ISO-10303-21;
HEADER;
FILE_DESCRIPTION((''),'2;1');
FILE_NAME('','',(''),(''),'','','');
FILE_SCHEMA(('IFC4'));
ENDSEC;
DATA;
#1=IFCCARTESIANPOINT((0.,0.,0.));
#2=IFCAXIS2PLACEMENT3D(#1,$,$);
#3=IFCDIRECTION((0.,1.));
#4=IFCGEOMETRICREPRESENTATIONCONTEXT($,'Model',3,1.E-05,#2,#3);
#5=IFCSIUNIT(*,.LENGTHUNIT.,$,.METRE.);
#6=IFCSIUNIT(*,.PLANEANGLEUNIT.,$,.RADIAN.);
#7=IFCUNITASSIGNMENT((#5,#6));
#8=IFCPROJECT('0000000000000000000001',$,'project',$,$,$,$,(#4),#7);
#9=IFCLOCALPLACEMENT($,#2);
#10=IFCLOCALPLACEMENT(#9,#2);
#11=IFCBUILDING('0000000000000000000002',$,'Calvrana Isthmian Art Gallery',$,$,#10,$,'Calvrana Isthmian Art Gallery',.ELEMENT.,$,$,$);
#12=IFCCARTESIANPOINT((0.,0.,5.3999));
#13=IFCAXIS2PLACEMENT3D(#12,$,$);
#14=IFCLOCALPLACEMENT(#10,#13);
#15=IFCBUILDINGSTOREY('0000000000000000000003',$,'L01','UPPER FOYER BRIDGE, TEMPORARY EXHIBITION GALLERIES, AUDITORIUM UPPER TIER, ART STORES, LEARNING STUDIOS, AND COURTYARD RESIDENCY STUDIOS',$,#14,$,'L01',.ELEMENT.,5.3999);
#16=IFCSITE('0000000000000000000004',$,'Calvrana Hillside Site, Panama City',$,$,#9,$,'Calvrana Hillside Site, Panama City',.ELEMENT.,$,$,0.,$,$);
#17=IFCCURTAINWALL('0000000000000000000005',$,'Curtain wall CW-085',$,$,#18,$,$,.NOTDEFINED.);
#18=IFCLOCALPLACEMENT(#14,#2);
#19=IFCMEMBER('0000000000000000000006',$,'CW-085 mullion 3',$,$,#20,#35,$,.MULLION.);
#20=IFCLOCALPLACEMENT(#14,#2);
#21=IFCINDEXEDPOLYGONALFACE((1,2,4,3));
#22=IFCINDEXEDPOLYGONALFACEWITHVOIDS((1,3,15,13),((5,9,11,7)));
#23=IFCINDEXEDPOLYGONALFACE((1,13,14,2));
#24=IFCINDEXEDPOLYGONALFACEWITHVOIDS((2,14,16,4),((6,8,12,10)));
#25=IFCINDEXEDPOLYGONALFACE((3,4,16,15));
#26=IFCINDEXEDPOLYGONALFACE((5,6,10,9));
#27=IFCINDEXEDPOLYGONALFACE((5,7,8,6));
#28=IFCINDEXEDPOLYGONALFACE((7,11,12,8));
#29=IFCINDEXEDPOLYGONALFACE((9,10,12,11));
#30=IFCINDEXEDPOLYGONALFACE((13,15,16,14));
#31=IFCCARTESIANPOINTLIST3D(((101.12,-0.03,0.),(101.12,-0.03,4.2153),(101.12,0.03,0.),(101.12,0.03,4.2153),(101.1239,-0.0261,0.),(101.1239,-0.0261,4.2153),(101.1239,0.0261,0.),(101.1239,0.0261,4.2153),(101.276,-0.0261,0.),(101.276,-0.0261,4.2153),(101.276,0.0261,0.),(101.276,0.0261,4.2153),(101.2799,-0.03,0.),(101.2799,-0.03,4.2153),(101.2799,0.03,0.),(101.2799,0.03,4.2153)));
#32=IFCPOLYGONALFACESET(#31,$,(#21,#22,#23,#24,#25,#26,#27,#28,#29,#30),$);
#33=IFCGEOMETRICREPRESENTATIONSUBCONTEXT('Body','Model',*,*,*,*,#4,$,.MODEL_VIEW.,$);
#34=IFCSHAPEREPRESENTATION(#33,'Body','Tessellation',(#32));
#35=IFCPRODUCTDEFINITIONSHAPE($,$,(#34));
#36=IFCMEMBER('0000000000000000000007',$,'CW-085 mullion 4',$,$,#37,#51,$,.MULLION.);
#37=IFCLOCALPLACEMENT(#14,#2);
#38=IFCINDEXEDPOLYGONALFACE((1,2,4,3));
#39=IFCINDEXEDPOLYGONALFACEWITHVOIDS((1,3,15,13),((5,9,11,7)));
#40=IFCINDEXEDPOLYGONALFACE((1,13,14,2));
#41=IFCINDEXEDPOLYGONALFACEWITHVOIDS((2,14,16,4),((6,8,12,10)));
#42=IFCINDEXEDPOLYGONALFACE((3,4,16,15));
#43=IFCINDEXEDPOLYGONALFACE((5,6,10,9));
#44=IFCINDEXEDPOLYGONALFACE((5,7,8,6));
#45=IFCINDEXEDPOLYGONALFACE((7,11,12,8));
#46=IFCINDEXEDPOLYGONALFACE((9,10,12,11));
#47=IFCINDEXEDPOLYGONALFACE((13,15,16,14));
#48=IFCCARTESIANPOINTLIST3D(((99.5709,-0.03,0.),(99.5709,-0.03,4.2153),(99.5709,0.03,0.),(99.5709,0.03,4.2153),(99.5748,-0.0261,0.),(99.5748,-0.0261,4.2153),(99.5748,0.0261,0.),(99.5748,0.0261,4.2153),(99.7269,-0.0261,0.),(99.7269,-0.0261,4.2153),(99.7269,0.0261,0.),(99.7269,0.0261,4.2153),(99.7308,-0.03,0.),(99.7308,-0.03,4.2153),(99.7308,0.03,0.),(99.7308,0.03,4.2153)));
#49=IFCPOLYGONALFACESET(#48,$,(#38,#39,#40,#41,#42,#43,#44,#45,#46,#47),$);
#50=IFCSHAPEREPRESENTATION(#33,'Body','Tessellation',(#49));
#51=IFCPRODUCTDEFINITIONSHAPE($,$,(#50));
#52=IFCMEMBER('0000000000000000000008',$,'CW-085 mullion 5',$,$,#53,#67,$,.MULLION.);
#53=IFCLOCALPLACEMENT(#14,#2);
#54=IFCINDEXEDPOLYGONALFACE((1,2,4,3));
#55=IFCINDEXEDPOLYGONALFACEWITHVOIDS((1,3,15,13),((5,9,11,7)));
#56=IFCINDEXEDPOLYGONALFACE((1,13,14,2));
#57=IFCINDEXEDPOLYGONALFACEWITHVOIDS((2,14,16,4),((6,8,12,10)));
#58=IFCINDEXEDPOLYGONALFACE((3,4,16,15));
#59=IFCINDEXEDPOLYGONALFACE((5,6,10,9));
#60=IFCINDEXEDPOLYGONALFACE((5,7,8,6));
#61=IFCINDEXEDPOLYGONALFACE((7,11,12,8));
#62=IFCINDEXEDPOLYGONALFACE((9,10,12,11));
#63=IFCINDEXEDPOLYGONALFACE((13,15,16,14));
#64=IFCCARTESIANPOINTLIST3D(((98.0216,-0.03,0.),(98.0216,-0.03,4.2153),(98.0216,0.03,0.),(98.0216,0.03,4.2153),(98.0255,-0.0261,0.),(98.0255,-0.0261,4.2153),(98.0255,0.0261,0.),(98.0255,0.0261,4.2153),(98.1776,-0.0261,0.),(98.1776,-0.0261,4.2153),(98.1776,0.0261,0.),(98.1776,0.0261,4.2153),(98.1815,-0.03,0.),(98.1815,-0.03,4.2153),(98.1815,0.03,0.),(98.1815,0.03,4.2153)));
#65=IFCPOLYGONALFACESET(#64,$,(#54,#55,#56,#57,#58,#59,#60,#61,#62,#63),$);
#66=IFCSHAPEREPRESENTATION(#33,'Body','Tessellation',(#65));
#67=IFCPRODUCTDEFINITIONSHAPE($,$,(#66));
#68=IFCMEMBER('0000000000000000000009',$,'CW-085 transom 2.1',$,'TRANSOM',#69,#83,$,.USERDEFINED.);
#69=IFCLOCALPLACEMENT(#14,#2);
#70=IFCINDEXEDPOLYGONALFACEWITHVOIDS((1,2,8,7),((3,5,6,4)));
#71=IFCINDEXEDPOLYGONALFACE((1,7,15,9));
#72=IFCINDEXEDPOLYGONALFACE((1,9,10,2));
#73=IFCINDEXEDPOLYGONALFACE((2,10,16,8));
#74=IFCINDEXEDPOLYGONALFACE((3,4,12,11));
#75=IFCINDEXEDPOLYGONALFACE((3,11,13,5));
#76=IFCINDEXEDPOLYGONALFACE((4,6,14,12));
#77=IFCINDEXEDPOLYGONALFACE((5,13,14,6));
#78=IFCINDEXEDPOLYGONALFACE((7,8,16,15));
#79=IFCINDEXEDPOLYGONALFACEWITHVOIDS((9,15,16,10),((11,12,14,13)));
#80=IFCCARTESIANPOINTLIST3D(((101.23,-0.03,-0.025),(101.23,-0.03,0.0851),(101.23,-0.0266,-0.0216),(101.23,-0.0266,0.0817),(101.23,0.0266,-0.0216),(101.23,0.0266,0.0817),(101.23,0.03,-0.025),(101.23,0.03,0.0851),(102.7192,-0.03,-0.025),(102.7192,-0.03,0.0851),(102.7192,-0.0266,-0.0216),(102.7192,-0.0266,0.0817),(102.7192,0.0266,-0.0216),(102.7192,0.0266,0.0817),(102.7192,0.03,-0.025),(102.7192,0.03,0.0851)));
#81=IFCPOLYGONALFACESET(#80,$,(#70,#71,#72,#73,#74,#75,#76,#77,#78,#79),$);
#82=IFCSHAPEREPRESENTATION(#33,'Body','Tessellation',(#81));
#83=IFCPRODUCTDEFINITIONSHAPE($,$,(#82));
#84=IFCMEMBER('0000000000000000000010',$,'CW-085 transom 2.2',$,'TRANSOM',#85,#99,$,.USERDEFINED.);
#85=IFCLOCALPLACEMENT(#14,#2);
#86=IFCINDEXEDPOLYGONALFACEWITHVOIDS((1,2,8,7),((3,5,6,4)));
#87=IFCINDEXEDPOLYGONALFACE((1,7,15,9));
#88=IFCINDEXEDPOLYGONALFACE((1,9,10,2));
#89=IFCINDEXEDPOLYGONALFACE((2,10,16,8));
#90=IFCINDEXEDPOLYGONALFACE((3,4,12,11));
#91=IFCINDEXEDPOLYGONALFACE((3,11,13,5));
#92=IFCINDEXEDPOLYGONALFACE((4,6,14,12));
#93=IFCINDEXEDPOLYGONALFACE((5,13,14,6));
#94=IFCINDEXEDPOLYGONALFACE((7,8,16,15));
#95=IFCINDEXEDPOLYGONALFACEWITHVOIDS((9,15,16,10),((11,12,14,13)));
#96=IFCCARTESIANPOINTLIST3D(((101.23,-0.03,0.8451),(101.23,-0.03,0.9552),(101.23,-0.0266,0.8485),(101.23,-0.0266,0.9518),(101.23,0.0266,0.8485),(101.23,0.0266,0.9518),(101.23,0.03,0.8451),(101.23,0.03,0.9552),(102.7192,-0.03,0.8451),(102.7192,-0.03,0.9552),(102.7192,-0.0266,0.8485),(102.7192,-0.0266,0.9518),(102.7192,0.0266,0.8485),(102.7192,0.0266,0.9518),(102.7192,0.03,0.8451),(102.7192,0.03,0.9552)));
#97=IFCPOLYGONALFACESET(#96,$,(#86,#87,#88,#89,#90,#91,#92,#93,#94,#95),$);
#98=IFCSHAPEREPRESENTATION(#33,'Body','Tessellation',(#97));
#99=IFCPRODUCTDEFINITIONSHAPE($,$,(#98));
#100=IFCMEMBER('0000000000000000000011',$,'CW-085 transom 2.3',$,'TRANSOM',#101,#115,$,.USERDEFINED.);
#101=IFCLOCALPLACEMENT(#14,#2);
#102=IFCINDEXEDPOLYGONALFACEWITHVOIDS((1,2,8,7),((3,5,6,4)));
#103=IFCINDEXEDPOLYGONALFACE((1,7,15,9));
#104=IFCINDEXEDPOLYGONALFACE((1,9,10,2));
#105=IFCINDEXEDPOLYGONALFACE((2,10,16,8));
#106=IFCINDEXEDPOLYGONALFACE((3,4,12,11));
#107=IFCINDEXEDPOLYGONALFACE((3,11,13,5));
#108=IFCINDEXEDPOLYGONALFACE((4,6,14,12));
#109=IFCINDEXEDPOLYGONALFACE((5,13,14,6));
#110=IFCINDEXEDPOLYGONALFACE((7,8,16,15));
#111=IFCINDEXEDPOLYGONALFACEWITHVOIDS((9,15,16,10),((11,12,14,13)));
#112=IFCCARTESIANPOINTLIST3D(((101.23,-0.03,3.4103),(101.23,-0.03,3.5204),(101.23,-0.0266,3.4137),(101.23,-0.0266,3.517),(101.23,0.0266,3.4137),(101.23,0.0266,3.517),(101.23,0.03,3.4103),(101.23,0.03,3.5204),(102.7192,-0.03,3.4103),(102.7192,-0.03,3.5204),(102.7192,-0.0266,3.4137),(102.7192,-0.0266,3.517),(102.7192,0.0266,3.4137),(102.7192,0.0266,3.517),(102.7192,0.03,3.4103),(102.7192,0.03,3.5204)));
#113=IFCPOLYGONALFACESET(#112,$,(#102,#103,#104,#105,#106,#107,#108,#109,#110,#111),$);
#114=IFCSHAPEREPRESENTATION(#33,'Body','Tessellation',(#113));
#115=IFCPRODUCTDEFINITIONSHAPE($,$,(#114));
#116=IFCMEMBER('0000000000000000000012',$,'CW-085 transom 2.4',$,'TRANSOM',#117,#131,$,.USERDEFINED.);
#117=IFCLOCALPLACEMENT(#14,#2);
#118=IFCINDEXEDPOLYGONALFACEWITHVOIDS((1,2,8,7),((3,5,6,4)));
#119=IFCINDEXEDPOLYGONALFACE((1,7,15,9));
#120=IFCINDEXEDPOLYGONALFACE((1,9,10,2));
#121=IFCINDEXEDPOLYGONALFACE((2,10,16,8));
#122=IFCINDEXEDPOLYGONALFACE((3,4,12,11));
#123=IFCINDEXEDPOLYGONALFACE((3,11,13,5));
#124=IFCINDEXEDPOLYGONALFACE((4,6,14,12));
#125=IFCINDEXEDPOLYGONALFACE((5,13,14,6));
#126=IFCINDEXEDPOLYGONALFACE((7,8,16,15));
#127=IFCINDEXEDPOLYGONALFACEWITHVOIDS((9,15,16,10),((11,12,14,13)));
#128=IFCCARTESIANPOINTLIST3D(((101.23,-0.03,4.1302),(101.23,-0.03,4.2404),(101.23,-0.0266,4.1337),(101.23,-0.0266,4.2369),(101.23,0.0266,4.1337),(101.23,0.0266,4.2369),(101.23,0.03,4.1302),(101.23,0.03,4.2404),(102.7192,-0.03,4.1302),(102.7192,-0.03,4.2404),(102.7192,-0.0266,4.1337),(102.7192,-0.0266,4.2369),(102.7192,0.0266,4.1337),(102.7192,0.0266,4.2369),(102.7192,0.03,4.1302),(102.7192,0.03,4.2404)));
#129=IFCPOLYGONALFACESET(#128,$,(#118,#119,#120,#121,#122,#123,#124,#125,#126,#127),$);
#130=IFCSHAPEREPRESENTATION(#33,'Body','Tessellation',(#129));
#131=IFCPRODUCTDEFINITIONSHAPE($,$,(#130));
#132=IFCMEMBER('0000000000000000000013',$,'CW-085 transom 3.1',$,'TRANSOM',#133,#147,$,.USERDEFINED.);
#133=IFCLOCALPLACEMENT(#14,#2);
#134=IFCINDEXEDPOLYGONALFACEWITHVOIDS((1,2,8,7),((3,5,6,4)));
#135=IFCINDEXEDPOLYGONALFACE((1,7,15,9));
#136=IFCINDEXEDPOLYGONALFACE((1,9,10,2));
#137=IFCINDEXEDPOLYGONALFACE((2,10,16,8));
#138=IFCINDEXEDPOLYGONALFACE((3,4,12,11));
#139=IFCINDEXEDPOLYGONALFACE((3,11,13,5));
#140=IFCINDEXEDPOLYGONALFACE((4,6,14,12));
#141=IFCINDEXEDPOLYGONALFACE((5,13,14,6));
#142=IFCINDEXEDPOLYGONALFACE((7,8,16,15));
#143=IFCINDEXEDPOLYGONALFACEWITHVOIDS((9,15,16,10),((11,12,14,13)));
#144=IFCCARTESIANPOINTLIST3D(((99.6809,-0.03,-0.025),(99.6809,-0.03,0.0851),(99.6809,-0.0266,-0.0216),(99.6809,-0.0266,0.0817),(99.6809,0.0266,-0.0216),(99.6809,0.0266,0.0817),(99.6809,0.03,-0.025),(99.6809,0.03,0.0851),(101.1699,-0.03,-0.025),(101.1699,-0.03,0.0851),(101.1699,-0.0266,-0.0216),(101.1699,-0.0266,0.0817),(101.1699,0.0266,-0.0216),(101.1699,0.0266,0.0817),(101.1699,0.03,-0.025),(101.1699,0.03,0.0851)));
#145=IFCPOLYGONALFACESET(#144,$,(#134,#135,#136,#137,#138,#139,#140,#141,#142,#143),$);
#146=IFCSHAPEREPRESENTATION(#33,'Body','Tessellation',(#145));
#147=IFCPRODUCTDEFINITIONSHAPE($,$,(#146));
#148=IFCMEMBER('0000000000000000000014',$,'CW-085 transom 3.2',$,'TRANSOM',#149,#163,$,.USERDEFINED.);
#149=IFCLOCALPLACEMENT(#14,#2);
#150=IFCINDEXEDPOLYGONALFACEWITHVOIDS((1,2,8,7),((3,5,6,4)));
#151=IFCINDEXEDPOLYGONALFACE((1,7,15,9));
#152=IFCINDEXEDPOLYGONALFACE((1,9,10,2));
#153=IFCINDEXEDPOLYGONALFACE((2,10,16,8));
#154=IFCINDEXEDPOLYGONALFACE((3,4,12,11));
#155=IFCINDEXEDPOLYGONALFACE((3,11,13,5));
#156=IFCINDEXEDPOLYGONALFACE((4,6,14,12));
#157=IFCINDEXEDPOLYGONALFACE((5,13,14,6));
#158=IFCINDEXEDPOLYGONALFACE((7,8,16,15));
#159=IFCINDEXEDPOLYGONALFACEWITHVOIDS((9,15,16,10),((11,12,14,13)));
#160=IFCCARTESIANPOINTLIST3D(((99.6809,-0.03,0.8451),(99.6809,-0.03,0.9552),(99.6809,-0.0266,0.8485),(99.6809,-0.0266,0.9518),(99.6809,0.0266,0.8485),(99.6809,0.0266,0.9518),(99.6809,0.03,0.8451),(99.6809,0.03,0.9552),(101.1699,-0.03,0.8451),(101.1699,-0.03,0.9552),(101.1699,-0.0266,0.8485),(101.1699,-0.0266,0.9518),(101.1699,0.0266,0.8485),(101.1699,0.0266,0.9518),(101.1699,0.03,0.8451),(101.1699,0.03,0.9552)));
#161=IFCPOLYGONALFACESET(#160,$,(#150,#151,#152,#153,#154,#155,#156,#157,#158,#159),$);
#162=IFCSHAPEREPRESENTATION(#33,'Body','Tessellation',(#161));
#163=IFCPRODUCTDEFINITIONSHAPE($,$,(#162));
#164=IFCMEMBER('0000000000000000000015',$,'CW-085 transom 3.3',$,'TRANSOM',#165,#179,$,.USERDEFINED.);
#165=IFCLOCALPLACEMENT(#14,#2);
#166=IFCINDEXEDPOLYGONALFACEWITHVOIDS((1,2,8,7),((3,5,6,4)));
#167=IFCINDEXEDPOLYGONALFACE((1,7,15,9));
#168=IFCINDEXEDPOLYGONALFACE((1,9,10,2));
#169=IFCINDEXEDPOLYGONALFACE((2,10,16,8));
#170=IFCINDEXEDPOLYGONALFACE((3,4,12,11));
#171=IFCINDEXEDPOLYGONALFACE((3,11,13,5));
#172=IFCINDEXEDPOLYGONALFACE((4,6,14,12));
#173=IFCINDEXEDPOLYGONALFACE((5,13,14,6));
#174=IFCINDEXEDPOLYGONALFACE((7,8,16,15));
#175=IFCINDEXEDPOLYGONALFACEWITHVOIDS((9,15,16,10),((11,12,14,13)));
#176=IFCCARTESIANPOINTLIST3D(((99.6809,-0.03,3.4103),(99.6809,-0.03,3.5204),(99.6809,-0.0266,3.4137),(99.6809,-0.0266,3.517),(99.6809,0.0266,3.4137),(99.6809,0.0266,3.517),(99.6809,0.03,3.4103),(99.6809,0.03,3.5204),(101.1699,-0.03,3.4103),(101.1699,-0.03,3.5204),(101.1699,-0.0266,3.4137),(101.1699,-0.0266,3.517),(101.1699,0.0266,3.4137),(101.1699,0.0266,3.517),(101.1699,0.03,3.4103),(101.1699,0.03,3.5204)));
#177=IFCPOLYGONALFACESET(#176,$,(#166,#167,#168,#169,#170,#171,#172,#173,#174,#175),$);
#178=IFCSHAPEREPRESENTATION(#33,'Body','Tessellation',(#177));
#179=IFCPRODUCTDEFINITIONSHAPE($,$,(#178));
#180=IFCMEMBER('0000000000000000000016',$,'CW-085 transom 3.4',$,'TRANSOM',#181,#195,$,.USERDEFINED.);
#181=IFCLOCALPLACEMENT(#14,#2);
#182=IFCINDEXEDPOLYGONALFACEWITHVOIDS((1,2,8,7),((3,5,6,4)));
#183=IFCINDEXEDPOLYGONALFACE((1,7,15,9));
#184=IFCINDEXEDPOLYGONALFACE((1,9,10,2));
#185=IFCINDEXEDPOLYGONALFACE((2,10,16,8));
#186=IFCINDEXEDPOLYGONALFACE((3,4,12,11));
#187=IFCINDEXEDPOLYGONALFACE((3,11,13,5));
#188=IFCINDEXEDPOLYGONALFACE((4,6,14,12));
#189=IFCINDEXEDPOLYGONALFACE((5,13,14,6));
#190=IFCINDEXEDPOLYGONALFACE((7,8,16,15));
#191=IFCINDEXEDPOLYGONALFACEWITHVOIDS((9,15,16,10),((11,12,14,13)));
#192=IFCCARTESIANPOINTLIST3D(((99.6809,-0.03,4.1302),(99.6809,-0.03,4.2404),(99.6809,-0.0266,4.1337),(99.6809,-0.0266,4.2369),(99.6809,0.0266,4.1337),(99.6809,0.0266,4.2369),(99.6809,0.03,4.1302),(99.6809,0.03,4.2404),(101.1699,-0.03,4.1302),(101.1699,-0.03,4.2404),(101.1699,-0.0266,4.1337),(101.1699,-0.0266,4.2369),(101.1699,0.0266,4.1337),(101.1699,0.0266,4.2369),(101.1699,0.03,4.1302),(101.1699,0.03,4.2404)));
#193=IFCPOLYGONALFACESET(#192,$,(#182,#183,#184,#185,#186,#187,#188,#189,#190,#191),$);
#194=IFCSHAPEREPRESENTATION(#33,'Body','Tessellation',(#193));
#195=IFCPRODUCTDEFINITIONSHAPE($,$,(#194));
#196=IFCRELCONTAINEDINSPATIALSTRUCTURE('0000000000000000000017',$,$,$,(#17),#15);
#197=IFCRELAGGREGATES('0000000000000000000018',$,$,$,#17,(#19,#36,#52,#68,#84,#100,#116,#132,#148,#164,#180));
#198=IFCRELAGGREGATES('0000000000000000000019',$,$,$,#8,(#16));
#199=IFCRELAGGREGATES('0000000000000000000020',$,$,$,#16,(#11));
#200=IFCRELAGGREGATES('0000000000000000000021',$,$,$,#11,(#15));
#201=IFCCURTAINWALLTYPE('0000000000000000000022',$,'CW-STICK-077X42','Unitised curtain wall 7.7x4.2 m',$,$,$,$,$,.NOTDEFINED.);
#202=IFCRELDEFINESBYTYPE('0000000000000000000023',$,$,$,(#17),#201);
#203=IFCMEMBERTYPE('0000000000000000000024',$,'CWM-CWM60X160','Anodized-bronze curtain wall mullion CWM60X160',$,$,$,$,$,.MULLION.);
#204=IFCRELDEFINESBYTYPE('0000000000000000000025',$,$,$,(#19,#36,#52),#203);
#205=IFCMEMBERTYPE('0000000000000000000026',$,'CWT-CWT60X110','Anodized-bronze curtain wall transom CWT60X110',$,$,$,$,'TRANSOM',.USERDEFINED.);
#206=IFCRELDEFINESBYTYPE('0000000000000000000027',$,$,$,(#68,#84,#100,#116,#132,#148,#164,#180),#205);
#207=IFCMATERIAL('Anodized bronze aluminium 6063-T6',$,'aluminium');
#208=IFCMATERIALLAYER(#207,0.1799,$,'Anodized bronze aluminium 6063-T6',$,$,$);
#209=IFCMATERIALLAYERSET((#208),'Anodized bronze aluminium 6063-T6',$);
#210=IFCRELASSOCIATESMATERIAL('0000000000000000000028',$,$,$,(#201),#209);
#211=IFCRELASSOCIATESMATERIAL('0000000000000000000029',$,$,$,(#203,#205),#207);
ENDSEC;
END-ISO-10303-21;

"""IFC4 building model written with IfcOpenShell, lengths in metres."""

from ifc_helpers import new_model, si_unit, direction, frame, origin, origin_2d, place, context, subcontext, project, spatial, hollow_rectangle, extrude, material, layer, layer_set, material_profile, profile_set, type_object, element, aggregate, save


model = new_model("IFC4")

# Units and contexts
model_context = context("Model", 3, precision=1e-05, world=origin(), true_north=direction((0.0, 1.0)))
body_context = subcontext(model_context, "Body", "Model", "MODEL_VIEW")
ifc_project = project(units=[si_unit("LENGTHUNIT", "METRE"), si_unit("PLANEANGLEUNIT", "RADIAN")], contexts=[model_context])

# Site, building, storey
site_placement = place(None, origin())
site = spatial("IfcSite", under=ifc_project, at=site_placement, Name="Calvrana Hillside Site, Panama City", LongName="Calvrana Hillside Site, Panama City", CompositionType="ELEMENT", RefElevation=0.0)
building_placement = place(site_placement, origin())
building = spatial("IfcBuilding", under=site, at=building_placement, Name="Calvrana Isthmian Art Gallery", LongName="Calvrana Isthmian Art Gallery", CompositionType="ELEMENT")
storey_placement = place(building_placement, frame((0.0, 0.0, 5.3999)))
storey = spatial("IfcBuildingStorey", under=building, at=storey_placement, Name="L01", Description="UPPER FOYER BRIDGE, TEMPORARY EXHIBITION GALLERIES, AUDITORIUM UPPER TIER, ART STORES, LEARNING STUDIOS, AND COURTYARD RESIDENCY STUDIOS", LongName="L01", CompositionType="ELEMENT", Elevation=5.3999)

# Curtain wall, members
ifc_material_1 = material(Name="Anodized bronze aluminium 6063-T6", Category="aluminium")
ifc_layer_1 = layer(ifc_material_1, 0.1799, Name="Anodized bronze aluminium 6063-T6")
ifc_layer_set_1 = layer_set([ifc_layer_1], Name="Anodized bronze aluminium 6063-T6")
curtain_wall_type = type_object("IfcCurtainWallType", Name="CW-STICK-077X42", Description="Unitised curtain wall 7.7x4.2 m", PredefinedType="NOTDEFINED", material=ifc_layer_set_1)
curtain_wall_placement = place(storey_placement, origin())
curtain_wall = element("IfcCurtainWall", 1, at=curtain_wall_placement, inside=storey, type_object=curtain_wall_type, Name="Curtain wall CW-085", PredefinedType="NOTDEFINED")
ifc_material_profile_1 = material_profile(ifc_material_1, hollow_rectangle(XDim=0.0601, YDim=0.1599, WallThickness=0.0039, at=origin_2d()), Name="CWM60X160")
ifc_profile_set_1 = profile_set([ifc_material_profile_1], Name="Anodized bronze aluminium 6063-T6")
member_type_1 = type_object("IfcMemberType", Name="CWM-CWM60X160", Description="Anodized-bronze curtain wall mullion CWM60X160", PredefinedType="MULLION", material=ifc_profile_set_1)
member_1_placement = place(storey_placement, frame((101.2, 0.0, 0.0), z_axis=(0.0, 0.0, 1.0), x_axis=(0.0, -1.0, 0.0)))
member_1 = element("IfcMember", 2, at=member_1_placement, type_object=member_type_1, Name="CW-085 mullion 3", PredefinedType="MULLION", context=body_context, shape_type="SweptSolid", body=[
    extrude(hollow_rectangle(XDim=0.0601, YDim=0.1599, WallThickness=0.0039, at=origin_2d()), origin(), (0.0, 0.0, 1.0), 4.2153),
])
member_2_placement = place(storey_placement, frame((99.6509, 0.0, 0.0), z_axis=(0.0, 0.0, 1.0), x_axis=(0.0, -1.0, 0.0)))
member_2 = element("IfcMember", 3, at=member_2_placement, type_object=member_type_1, Name="CW-085 mullion 4", PredefinedType="MULLION", context=body_context, shape_type="SweptSolid", body=[
    extrude(hollow_rectangle(XDim=0.0601, YDim=0.1599, WallThickness=0.0039, at=origin_2d()), origin(), (0.0, 0.0, 1.0), 4.2153),
])
member_3_placement = place(storey_placement, frame((98.1016, 0.0, 0.0), z_axis=(0.0, 0.0, 1.0), x_axis=(0.0, -1.0, 0.0)))
member_3 = element("IfcMember", 4, at=member_3_placement, type_object=member_type_1, Name="CW-085 mullion 5", PredefinedType="MULLION", context=body_context, shape_type="SweptSolid", body=[
    extrude(hollow_rectangle(XDim=0.0601, YDim=0.1599, WallThickness=0.0039, at=origin_2d()), origin(), (0.0, 0.0, 1.0), 4.2153),
])
ifc_material_profile_2 = material_profile(ifc_material_1, hollow_rectangle(XDim=0.0601, YDim=0.1101, WallThickness=0.0034, at=origin_2d()), Name="CWT60X110")
ifc_profile_set_2 = profile_set([ifc_material_profile_2], Name="Anodized bronze aluminium 6063-T6")
member_type_2 = type_object("IfcMemberType", Name="CWT-CWT60X110", Description="Anodized-bronze curtain wall transom CWT60X110", ElementType="TRANSOM", PredefinedType="USERDEFINED", material=ifc_profile_set_2)
member_4_placement = place(storey_placement, frame((102.7192, 0.0, 0.03), z_axis=(-1.0, 0.0, 0.0), x_axis=(0.0, -1.0, 0.0)))
member_4 = element("IfcMember", 5, at=member_4_placement, type_object=member_type_2, Name="CW-085 transom 2.1", ObjectType="TRANSOM", PredefinedType="USERDEFINED", context=body_context, shape_type="SweptSolid", body=[
    extrude(hollow_rectangle(XDim=0.0601, YDim=0.1101, WallThickness=0.0034, at=origin_2d()), origin(), (0.0, 0.0, 1.0), 1.4893),
])
member_5_placement = place(storey_placement, frame((102.7192, 0.0, 0.9001), z_axis=(-1.0, 0.0, 0.0), x_axis=(0.0, -1.0, 0.0)))
member_5 = element("IfcMember", 6, at=member_5_placement, type_object=member_type_2, Name="CW-085 transom 2.2", ObjectType="TRANSOM", PredefinedType="USERDEFINED", context=body_context, shape_type="SweptSolid", body=[
    extrude(hollow_rectangle(XDim=0.0601, YDim=0.1101, WallThickness=0.0034, at=origin_2d()), origin(), (0.0, 0.0, 1.0), 1.4893),
])
member_6_placement = place(storey_placement, frame((102.7192, 0.0, 3.4653), z_axis=(-1.0, 0.0, 0.0), x_axis=(0.0, -1.0, 0.0)))
member_6 = element("IfcMember", 7, at=member_6_placement, type_object=member_type_2, Name="CW-085 transom 2.3", ObjectType="TRANSOM", PredefinedType="USERDEFINED", context=body_context, shape_type="SweptSolid", body=[
    extrude(hollow_rectangle(XDim=0.0601, YDim=0.1101, WallThickness=0.0034, at=origin_2d()), origin(), (0.0, 0.0, 1.0), 1.4893),
])
member_7_placement = place(storey_placement, frame((102.7192, 0.0, 4.1853), z_axis=(-1.0, 0.0, 0.0), x_axis=(0.0, -1.0, 0.0)))
member_7 = element("IfcMember", 8, at=member_7_placement, type_object=member_type_2, Name="CW-085 transom 2.4", ObjectType="TRANSOM", PredefinedType="USERDEFINED", context=body_context, shape_type="SweptSolid", body=[
    extrude(hollow_rectangle(XDim=0.0601, YDim=0.1101, WallThickness=0.0034, at=origin_2d()), origin(), (0.0, 0.0, 1.0), 1.4893),
])
member_8_placement = place(storey_placement, frame((101.1699, 0.0, 0.03), z_axis=(-1.0, 0.0, 0.0), x_axis=(0.0, -1.0, 0.0)))
member_8 = element("IfcMember", 9, at=member_8_placement, type_object=member_type_2, Name="CW-085 transom 3.1", ObjectType="TRANSOM", PredefinedType="USERDEFINED", context=body_context, shape_type="SweptSolid", body=[
    extrude(hollow_rectangle(XDim=0.0601, YDim=0.1101, WallThickness=0.0034, at=origin_2d()), origin(), (0.0, 0.0, 1.0), 1.489),
])
member_9_placement = place(storey_placement, frame((101.1699, 0.0, 0.9001), z_axis=(-1.0, 0.0, 0.0), x_axis=(0.0, -1.0, 0.0)))
member_9 = element("IfcMember", 10, at=member_9_placement, type_object=member_type_2, Name="CW-085 transom 3.2", ObjectType="TRANSOM", PredefinedType="USERDEFINED", context=body_context, shape_type="SweptSolid", body=[
    extrude(hollow_rectangle(XDim=0.0601, YDim=0.1101, WallThickness=0.0034, at=origin_2d()), origin(), (0.0, 0.0, 1.0), 1.489),
])
member_10_placement = place(storey_placement, frame((101.1699, 0.0, 3.4653), z_axis=(-1.0, 0.0, 0.0), x_axis=(0.0, -1.0, 0.0)))
member_10 = element("IfcMember", 11, at=member_10_placement, type_object=member_type_2, Name="CW-085 transom 3.3", ObjectType="TRANSOM", PredefinedType="USERDEFINED", context=body_context, shape_type="SweptSolid", body=[
    extrude(hollow_rectangle(XDim=0.0601, YDim=0.1101, WallThickness=0.0034, at=origin_2d()), origin(), (0.0, 0.0, 1.0), 1.489),
])
member_11_placement = place(storey_placement, frame((101.1699, 0.0, 4.1853), z_axis=(-1.0, 0.0, 0.0), x_axis=(0.0, -1.0, 0.0)))
member_11 = element("IfcMember", 12, at=member_11_placement, type_object=member_type_2, Name="CW-085 transom 3.4", ObjectType="TRANSOM", PredefinedType="USERDEFINED", context=body_context, shape_type="SweptSolid", body=[
    extrude(hollow_rectangle(XDim=0.0601, YDim=0.1101, WallThickness=0.0034, at=origin_2d()), origin(), (0.0, 0.0, 1.0), 1.489),
])
aggregate(curtain_wall, [member_1, member_2, member_3, member_4, member_5, member_6, member_7, member_8, member_9, member_10, member_11])

save(model, "model.ifc")
